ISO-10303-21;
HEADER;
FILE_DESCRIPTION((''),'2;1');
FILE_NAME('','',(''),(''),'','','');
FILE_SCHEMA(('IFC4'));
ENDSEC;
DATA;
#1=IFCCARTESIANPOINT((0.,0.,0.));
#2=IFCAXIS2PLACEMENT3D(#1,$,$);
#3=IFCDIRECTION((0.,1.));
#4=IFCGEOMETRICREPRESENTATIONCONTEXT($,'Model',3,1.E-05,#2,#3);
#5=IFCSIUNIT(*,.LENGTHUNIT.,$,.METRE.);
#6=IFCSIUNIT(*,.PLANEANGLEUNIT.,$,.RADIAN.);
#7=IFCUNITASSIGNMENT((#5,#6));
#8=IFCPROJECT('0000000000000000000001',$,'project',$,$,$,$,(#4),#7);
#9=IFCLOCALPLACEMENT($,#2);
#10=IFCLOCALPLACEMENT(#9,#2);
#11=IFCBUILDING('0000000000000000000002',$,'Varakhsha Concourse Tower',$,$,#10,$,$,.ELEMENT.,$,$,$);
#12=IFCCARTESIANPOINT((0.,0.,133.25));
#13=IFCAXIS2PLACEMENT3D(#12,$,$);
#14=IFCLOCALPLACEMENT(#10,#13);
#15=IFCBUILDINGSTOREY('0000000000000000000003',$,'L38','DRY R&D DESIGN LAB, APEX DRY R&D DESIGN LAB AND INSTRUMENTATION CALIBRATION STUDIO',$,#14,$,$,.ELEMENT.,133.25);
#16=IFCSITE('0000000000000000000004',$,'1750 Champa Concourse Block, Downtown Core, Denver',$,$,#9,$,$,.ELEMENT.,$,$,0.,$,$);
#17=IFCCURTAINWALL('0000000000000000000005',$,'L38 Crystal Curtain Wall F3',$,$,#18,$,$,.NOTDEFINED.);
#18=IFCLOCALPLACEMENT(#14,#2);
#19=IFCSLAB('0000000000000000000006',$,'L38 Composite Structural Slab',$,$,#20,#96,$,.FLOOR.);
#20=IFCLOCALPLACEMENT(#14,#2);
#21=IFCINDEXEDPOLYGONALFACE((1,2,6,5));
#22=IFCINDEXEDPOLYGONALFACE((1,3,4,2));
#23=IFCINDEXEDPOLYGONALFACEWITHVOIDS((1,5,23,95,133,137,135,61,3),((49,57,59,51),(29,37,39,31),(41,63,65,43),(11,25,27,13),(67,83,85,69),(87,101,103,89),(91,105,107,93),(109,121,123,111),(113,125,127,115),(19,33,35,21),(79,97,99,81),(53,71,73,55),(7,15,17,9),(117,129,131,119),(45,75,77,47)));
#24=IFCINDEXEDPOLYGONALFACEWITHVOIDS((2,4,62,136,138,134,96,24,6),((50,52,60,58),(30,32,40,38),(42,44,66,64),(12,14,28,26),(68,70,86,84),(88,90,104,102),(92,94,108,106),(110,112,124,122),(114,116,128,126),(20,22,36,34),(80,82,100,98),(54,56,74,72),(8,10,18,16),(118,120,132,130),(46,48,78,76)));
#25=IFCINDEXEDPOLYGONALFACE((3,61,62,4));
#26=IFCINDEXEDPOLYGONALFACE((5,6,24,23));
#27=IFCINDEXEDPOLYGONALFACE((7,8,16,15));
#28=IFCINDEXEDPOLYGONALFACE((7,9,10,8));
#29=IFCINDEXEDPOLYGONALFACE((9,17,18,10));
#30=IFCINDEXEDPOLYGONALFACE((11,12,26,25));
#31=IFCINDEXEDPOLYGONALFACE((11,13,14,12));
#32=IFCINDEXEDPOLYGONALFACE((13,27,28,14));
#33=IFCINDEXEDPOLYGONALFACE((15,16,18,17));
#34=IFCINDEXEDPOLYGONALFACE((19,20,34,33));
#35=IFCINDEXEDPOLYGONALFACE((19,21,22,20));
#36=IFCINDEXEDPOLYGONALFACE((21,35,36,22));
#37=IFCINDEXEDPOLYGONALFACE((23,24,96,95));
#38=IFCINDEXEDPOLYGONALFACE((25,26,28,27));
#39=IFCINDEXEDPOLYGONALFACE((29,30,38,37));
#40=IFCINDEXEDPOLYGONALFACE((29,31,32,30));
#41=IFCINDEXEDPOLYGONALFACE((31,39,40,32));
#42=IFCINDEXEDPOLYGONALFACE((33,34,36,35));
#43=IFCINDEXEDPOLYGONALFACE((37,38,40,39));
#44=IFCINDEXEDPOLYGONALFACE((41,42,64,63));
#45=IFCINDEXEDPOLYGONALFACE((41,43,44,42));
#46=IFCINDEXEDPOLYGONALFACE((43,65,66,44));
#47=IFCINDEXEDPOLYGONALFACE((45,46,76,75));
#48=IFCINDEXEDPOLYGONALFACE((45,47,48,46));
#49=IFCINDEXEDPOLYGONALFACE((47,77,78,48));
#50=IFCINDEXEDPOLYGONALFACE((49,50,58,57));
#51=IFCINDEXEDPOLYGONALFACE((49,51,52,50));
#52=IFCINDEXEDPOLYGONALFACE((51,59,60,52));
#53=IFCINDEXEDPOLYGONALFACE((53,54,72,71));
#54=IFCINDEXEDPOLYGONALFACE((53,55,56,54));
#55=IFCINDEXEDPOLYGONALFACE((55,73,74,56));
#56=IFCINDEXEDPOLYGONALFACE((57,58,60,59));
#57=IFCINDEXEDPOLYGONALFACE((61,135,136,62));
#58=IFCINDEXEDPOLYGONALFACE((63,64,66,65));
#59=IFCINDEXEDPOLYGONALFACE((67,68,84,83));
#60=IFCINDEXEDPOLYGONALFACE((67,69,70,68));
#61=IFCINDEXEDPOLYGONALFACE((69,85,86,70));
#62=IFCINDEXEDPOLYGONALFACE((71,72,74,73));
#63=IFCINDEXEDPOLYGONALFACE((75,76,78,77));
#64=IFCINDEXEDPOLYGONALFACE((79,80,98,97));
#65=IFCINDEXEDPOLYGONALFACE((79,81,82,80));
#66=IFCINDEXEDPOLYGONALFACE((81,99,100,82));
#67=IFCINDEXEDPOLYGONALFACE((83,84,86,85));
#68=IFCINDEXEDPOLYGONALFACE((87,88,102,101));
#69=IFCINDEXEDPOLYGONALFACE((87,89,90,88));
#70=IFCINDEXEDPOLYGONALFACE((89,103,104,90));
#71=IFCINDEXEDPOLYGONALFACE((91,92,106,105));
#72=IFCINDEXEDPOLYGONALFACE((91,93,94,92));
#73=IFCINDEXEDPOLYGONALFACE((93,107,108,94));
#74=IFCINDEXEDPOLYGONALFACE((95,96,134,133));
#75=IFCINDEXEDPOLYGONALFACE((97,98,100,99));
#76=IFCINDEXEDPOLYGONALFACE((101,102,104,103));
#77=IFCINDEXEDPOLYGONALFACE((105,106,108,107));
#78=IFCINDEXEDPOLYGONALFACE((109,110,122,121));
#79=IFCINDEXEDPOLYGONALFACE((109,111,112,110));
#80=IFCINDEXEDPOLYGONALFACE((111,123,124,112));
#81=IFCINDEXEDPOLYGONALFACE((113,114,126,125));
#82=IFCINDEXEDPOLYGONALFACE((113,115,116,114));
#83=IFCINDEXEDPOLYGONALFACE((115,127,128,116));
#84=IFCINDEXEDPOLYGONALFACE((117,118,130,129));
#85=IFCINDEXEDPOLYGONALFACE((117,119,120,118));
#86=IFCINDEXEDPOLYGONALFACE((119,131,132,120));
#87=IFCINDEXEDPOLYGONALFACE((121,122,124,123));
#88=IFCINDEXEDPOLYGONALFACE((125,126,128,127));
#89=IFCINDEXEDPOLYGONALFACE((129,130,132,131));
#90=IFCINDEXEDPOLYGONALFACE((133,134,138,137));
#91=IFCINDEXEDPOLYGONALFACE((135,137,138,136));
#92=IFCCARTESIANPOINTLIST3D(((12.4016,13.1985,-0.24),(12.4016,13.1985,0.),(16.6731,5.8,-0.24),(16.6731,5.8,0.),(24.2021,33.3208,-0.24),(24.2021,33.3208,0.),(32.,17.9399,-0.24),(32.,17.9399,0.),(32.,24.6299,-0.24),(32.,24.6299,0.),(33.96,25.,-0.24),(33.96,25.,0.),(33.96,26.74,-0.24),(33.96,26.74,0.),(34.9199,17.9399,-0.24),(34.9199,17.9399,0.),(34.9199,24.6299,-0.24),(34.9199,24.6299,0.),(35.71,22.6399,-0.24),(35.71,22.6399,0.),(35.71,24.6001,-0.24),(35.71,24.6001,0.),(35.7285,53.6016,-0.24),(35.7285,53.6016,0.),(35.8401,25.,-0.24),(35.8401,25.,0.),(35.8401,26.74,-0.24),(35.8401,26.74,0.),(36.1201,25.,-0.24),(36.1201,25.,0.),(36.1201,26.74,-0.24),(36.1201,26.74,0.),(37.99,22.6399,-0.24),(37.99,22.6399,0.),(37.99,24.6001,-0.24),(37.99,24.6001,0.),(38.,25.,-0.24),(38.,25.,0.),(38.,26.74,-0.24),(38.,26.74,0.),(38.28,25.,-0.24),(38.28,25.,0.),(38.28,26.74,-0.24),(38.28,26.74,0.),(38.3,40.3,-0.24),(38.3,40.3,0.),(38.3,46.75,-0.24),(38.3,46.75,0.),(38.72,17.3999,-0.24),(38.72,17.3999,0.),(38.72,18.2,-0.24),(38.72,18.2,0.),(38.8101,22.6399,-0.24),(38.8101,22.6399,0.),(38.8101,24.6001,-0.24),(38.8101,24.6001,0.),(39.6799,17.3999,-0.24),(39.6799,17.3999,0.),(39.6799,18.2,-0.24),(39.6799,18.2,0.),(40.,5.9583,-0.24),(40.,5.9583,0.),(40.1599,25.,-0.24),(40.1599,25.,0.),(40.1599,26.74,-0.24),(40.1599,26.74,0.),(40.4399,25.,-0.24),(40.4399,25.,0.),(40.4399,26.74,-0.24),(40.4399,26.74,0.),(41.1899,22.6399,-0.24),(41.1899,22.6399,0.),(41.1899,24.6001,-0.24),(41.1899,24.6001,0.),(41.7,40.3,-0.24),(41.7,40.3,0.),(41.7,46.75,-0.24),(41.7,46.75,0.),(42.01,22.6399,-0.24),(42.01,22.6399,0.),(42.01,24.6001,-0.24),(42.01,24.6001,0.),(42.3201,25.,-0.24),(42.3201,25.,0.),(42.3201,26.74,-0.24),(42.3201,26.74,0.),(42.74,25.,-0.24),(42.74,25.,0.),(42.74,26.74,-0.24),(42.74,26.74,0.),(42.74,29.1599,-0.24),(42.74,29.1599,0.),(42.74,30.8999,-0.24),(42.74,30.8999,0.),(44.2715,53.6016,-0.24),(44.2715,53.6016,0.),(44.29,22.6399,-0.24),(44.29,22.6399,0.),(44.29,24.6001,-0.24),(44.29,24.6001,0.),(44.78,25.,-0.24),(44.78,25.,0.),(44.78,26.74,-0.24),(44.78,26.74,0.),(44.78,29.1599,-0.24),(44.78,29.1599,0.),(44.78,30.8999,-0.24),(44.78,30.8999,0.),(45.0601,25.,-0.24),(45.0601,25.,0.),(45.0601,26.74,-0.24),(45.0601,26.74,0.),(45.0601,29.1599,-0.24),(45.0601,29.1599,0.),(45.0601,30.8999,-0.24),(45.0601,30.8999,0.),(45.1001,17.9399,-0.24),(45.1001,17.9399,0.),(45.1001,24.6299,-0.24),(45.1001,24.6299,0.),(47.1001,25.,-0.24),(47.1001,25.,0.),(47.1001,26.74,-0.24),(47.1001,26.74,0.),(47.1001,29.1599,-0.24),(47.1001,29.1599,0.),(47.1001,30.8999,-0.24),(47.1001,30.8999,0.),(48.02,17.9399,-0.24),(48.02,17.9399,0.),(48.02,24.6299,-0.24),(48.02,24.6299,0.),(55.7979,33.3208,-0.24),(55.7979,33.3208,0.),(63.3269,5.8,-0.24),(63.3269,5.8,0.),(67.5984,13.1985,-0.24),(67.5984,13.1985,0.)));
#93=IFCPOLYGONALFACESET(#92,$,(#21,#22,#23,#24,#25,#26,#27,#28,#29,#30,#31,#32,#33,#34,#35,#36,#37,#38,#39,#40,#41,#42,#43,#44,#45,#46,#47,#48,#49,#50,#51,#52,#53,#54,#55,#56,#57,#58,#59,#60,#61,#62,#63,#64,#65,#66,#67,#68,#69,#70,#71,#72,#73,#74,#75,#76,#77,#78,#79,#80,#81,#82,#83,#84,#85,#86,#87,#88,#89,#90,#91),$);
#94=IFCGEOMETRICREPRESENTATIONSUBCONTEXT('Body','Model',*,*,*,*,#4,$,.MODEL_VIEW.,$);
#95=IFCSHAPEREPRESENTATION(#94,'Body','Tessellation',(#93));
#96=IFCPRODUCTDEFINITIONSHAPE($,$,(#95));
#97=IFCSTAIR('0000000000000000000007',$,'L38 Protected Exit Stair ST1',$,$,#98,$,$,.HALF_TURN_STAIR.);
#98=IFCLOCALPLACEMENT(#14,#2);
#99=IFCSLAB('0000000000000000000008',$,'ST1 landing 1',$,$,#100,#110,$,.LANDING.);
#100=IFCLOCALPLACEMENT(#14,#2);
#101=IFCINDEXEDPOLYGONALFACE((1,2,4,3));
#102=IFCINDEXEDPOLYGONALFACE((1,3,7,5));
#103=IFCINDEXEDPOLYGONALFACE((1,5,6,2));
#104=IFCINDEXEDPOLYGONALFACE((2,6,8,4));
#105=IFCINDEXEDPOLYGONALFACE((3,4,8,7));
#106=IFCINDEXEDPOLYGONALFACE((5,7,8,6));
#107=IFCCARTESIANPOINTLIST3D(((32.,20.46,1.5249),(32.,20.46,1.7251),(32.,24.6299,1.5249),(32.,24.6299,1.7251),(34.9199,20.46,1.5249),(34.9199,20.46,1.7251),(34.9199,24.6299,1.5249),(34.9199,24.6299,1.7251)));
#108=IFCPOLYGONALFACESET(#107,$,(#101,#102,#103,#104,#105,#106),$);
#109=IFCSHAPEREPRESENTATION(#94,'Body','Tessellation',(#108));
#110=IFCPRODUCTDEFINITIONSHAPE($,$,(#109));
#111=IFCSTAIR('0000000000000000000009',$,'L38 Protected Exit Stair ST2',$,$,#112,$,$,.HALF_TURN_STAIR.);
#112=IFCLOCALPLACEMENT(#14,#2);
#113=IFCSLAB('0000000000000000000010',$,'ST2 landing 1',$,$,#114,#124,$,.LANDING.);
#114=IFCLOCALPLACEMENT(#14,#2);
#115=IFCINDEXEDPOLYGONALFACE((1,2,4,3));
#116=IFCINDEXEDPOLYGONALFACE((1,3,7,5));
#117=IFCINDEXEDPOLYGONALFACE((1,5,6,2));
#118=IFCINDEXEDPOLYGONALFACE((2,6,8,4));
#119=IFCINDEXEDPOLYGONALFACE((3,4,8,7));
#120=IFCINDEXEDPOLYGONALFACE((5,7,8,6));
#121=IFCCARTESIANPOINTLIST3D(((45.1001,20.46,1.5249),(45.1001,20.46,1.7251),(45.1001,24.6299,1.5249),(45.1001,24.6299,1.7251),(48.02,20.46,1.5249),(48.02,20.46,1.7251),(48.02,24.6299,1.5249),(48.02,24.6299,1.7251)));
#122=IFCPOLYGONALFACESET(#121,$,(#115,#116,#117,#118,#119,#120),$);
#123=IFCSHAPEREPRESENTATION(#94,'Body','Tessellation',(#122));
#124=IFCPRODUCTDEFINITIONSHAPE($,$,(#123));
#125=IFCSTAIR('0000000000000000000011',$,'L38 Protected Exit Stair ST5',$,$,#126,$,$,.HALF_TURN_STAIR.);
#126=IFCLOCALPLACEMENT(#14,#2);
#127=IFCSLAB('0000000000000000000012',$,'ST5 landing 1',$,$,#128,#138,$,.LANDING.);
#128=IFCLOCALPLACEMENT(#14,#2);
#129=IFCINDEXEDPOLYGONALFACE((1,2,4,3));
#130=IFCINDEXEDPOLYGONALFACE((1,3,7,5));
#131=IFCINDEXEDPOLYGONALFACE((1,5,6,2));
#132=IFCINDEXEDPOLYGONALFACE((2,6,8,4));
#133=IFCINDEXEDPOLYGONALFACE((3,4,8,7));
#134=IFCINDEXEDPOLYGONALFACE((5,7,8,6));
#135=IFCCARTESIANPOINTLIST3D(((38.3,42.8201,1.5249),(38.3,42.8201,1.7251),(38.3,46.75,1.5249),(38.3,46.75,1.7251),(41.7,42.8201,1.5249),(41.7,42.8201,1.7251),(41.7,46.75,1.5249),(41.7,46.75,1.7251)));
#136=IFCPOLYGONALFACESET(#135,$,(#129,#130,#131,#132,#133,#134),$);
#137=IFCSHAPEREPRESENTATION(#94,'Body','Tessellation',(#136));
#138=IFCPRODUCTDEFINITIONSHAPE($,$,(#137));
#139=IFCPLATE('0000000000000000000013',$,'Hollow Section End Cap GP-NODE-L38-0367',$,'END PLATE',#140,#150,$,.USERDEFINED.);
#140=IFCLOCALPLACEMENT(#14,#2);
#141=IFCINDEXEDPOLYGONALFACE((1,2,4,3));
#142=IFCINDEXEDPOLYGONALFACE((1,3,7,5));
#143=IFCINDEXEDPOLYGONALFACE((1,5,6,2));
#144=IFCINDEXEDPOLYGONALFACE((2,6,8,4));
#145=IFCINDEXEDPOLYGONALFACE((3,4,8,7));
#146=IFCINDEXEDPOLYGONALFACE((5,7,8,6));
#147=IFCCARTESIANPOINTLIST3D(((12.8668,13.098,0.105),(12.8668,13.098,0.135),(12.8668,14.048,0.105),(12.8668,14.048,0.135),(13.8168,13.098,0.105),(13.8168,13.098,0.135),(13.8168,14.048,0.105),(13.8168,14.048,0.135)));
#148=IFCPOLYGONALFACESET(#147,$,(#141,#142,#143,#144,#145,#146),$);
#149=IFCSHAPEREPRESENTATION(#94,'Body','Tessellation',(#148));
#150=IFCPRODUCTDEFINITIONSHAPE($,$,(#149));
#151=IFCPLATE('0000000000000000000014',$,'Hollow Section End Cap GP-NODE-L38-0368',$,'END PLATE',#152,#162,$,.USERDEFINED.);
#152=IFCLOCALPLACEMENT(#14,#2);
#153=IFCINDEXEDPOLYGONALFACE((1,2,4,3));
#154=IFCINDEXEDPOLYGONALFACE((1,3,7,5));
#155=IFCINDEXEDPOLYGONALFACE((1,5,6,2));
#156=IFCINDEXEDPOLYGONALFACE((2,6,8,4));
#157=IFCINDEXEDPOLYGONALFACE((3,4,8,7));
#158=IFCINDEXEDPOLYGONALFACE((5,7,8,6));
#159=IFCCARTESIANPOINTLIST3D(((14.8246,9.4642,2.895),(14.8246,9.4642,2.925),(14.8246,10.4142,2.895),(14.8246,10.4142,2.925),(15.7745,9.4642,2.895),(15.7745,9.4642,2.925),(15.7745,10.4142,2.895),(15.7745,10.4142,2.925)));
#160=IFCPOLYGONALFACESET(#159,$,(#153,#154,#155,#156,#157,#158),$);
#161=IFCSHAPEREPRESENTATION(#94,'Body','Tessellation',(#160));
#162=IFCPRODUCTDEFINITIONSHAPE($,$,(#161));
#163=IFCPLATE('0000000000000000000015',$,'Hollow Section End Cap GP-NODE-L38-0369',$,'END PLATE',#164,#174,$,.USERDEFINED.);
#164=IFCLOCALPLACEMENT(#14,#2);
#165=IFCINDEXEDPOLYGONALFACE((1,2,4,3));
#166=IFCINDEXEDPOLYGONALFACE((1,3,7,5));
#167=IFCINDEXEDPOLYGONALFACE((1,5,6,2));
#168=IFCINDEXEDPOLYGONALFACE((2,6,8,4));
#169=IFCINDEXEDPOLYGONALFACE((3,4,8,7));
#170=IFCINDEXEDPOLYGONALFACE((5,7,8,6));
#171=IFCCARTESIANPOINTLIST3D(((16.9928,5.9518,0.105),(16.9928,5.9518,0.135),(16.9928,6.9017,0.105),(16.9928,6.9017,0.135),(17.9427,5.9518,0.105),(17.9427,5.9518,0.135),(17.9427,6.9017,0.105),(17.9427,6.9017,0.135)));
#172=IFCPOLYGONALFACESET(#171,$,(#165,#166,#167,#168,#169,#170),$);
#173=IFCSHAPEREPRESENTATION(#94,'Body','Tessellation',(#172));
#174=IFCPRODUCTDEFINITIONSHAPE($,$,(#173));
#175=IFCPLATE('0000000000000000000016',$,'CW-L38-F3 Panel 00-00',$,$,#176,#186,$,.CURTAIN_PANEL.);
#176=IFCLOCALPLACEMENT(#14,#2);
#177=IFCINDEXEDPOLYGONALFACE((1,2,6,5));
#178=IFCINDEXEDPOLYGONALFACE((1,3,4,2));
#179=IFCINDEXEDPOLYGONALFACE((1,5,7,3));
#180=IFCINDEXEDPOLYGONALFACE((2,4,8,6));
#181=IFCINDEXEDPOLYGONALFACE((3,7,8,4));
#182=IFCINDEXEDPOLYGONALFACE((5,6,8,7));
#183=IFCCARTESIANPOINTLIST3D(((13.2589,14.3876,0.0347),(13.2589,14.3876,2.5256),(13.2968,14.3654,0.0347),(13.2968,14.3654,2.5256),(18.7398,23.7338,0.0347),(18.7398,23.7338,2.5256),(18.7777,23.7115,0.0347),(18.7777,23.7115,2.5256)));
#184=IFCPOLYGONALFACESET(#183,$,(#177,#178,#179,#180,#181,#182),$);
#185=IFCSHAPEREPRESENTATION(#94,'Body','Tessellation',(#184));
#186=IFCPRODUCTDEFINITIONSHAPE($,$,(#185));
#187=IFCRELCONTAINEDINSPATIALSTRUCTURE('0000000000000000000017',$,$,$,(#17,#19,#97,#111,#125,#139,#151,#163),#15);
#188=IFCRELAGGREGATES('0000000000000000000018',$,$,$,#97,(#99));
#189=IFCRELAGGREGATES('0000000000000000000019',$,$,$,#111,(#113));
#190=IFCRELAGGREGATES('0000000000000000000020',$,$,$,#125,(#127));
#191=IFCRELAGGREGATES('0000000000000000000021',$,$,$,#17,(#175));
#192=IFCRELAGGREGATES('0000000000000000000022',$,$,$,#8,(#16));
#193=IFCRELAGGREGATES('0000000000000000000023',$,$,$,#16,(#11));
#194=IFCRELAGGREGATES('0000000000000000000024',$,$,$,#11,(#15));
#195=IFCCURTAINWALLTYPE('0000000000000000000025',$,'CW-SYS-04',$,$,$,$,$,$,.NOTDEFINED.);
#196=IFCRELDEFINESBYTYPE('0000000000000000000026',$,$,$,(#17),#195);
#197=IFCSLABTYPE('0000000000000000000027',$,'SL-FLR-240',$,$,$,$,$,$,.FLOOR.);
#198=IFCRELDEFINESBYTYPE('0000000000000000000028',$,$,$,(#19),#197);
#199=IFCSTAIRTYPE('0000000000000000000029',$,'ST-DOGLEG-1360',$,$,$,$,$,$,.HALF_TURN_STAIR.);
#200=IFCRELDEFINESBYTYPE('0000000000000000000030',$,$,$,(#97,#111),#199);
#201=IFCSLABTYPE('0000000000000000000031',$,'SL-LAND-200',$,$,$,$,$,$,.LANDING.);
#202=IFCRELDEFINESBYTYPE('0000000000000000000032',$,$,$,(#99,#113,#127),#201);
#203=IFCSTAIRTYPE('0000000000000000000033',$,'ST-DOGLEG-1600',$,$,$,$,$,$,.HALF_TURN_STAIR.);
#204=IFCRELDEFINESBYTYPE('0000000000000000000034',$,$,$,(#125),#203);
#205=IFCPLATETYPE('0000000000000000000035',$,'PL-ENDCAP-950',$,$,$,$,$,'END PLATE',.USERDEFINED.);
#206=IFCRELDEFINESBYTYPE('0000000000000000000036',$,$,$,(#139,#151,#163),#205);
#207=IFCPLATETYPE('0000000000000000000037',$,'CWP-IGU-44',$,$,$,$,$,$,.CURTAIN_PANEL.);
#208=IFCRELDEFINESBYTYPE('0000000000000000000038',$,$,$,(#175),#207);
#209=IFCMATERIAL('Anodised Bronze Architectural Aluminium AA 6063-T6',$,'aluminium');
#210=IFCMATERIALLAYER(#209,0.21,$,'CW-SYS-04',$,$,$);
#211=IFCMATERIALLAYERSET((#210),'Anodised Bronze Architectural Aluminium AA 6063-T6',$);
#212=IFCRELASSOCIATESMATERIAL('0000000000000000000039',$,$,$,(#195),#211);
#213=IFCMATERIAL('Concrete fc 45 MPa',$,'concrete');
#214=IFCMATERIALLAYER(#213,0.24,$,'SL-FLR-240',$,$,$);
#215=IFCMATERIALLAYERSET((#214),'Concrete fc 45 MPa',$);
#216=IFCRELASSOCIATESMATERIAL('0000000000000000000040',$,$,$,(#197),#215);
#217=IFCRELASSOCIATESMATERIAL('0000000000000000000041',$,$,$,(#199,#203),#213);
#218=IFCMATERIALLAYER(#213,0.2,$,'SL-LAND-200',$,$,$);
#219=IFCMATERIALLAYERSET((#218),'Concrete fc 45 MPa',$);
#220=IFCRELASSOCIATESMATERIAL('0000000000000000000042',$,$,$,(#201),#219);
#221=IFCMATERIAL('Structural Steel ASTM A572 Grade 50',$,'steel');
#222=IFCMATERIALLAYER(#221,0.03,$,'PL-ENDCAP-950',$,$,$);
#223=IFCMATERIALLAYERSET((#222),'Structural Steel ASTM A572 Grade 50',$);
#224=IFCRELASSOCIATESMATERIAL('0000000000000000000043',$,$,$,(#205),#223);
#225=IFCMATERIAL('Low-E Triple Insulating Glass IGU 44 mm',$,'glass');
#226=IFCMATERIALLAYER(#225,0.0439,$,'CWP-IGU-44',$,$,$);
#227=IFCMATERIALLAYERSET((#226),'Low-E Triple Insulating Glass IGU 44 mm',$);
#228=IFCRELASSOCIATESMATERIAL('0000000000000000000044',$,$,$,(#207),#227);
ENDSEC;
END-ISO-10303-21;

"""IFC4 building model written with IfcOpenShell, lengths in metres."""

from ifc_helpers import new_model, si_unit, direction, frame, origin, origin_2d, place, context, subcontext, project, spatial, polyline, rectangle, outline, extrude, source, transform, mapped, material, layer, layer_set, type_object, type_shapes, element, aggregate, save


model = new_model("IFC4")

# Units and contexts
model_context = context("Model", 3, precision=1e-05, world=origin(), true_north=direction((0.0, 1.0)))
body_context = subcontext(model_context, "Body", "Model", "MODEL_VIEW")
ifc_project = project(units=[si_unit("LENGTHUNIT", "METRE"), si_unit("PLANEANGLEUNIT", "RADIAN")], contexts=[model_context])

# Site, building, storey
site_placement = place(None, origin())
site = spatial("IfcSite", under=ifc_project, at=site_placement, Name="1750 Champa Concourse Block, Downtown Core, Denver", CompositionType="ELEMENT", RefElevation=0.0)
building_placement = place(site_placement, origin())
building = spatial("IfcBuilding", under=site, at=building_placement, Name="Varakhsha Concourse Tower", CompositionType="ELEMENT")
storey_placement = place(building_placement, frame((0.0, 0.0, 133.25)))
storey = spatial("IfcBuildingStorey", under=building, at=storey_placement, Name="L38", Description="DRY R&D DESIGN LAB, APEX DRY R&D DESIGN LAB AND INSTRUMENTATION CALIBRATION STUDIO", CompositionType="ELEMENT", Elevation=133.25)

# Shared definitions
ifc_material_1 = material(Name="Structural Steel ASTM A572 Grade 50", Category="steel")

# Curtain wall
ifc_material_2 = material(Name="Anodised Bronze Architectural Aluminium AA 6063-T6", Category="aluminium")
ifc_layer_1 = layer(ifc_material_2, 0.21, Name="CW-SYS-04")
ifc_layer_set_1 = layer_set([ifc_layer_1], Name="Anodised Bronze Architectural Aluminium AA 6063-T6")
curtain_wall_type = type_object("IfcCurtainWallType", Name="CW-SYS-04", PredefinedType="NOTDEFINED", material=ifc_layer_set_1)
curtain_wall_1_placement = place(storey_placement, origin())
curtain_wall_1 = element("IfcCurtainWall", 1, at=curtain_wall_1_placement, inside=storey, type_object=curtain_wall_type, Name="L38 Crystal Curtain Wall F3", PredefinedType="NOTDEFINED")

# Slab
ifc_material_3 = material(Name="Concrete fc 45 MPa", Category="concrete")
ifc_layer_2 = layer(ifc_material_3, 0.24, Name="SL-FLR-240")
ifc_layer_set_2 = layer_set([ifc_layer_2], Name="Concrete fc 45 MPa")
slab_type_1 = type_object("IfcSlabType", Name="SL-FLR-240", PredefinedType="FLOOR", material=ifc_layer_set_2)
slab_1_placement = place(storey_placement, frame((0.0, 0.0, -0.24)))
element("IfcSlab", 2, at=slab_1_placement, inside=storey, type_object=slab_type_1, Name="L38 Composite Structural Slab", PredefinedType="FLOOR", context=body_context, shape_type="SweptSolid", body=[
    extrude(outline(polyline([(44.2715, 53.6016), (35.7285, 53.6016), (24.2021, 33.3208), (12.4016, 13.1985), (16.6731, 5.8), (40.0, 5.9583), (63.3269, 5.8), (67.5984, 13.1985), (55.7979, 33.3208), (44.2715, 53.6016)]), holes=[polyline([(34.9199, 17.9399), (34.9199, 24.6299), (32.0, 24.6299), (32.0, 17.9399), (34.9199, 17.9399)]), polyline([(48.02, 17.9399), (48.02, 24.6299), (45.1001, 24.6299), (45.1001, 17.9399), (48.02, 17.9399)]), polyline([(41.7, 40.3), (41.7, 46.75), (38.3, 46.75), (38.3, 40.3), (41.7, 40.3)]), polyline([(33.96, 25.0), (35.8401, 25.0), (35.8401, 26.74), (33.96, 26.74), (33.96, 25.0)]), polyline([(36.1201, 25.0), (38.0, 25.0), (38.0, 26.74), (36.1201, 26.74), (36.1201, 25.0)]), polyline([(38.28, 25.0), (40.1599, 25.0), (40.1599, 26.74), (38.28, 26.74), (38.28, 25.0)]), polyline([(40.4399, 25.0), (42.3201, 25.0), (42.3201, 26.74), (40.4399, 26.74), (40.4399, 25.0)]), polyline([(42.74, 29.1599), (44.78, 29.1599), (44.78, 30.8999), (42.74, 30.8999), (42.74, 29.1599)]), polyline([(45.0601, 29.1599), (47.1001, 29.1599), (47.1001, 30.8999), (45.0601, 30.8999), (45.0601, 29.1599)]), polyline([(42.74, 25.0), (44.78, 25.0), (44.78, 26.74), (42.74, 26.74), (42.74, 25.0)]), polyline([(45.0601, 25.0), (47.1001, 25.0), (47.1001, 26.74), (45.0601, 26.74), (45.0601, 25.0)]), polyline([(35.71, 22.6399), (37.99, 22.6399), (37.99, 24.6001), (35.71, 24.6001), (35.71, 22.6399)]), polyline([(42.01, 22.6399), (44.29, 22.6399), (44.29, 24.6001), (42.01, 24.6001), (42.01, 22.6399)]), polyline([(38.8101, 22.6399), (41.1899, 22.6399), (41.1899, 24.6001), (38.8101, 24.6001), (38.8101, 22.6399)]), polyline([(38.72, 17.3999), (39.6799, 17.3999), (39.6799, 18.2), (38.72, 18.2), (38.72, 17.3999)])]), origin(), (0.0, 0.0, 1.0), 0.24),
])

# Stairs, slabs
stair_type_1 = type_object("IfcStairType", Name="ST-DOGLEG-1360", PredefinedType="HALF_TURN_STAIR", material=ifc_material_3)
stair_1_placement = place(storey_placement, origin())
stair_1 = element("IfcStair", 3, at=stair_1_placement, inside=storey, type_object=stair_type_1, Name="L38 Protected Exit Stair ST1", PredefinedType="HALF_TURN_STAIR")
ifc_layer_3 = layer(ifc_material_3, 0.2, Name="SL-LAND-200")
ifc_layer_set_3 = layer_set([ifc_layer_3], Name="Concrete fc 45 MPa")
slab_type_2 = type_object("IfcSlabType", Name="SL-LAND-200", PredefinedType="LANDING", material=ifc_layer_set_3)
slab_2_placement = place(storey_placement, frame((0.0, 0.0, 1.5249)))
slab_2 = element("IfcSlab", 4, at=slab_2_placement, type_object=slab_type_2, Name="ST1 landing 1", PredefinedType="LANDING", context=body_context, shape_type="SweptSolid", body=[
    extrude(outline(polyline([(34.9199, 20.46), (34.9199, 24.6299), (32.0, 24.6299), (32.0, 20.46), (34.9199, 20.46)])), origin(), (0.0, 0.0, 1.0), 0.2002),
])
aggregate(stair_1, [slab_2])
stair_2_placement = place(storey_placement, origin())
stair_2 = element("IfcStair", 5, at=stair_2_placement, inside=storey, type_object=stair_type_1, Name="L38 Protected Exit Stair ST2", PredefinedType="HALF_TURN_STAIR")
slab_3_placement = place(storey_placement, frame((0.0, 0.0, 1.5249)))
slab_3 = element("IfcSlab", 6, at=slab_3_placement, type_object=slab_type_2, Name="ST2 landing 1", PredefinedType="LANDING", context=body_context, shape_type="SweptSolid", body=[
    extrude(outline(polyline([(48.02, 20.46), (48.02, 24.6299), (45.1001, 24.6299), (45.1001, 20.46), (48.02, 20.46)])), origin(), (0.0, 0.0, 1.0), 0.2002),
])
aggregate(stair_2, [slab_3])
stair_type_2 = type_object("IfcStairType", Name="ST-DOGLEG-1600", PredefinedType="HALF_TURN_STAIR", material=ifc_material_3)
stair_3_placement = place(storey_placement, origin())
stair_3 = element("IfcStair", 7, at=stair_3_placement, inside=storey, type_object=stair_type_2, Name="L38 Protected Exit Stair ST5", PredefinedType="HALF_TURN_STAIR")
slab_4_placement = place(storey_placement, frame((0.0, 0.0, 1.5249)))
slab_4 = element("IfcSlab", 8, at=slab_4_placement, type_object=slab_type_2, Name="ST5 landing 1", PredefinedType="LANDING", context=body_context, shape_type="SweptSolid", body=[
    extrude(outline(polyline([(41.7, 42.8201), (41.7, 46.75), (38.3, 46.75), (38.3, 42.8201), (41.7, 42.8201)])), origin(), (0.0, 0.0, 1.0), 0.2002),
])
aggregate(stair_3, [slab_4])

# Plates
ifc_layer_4 = layer(ifc_material_1, 0.03, Name="PL-ENDCAP-950")
ifc_layer_set_4 = layer_set([ifc_layer_4], Name="Structural Steel ASTM A572 Grade 50")
plate_type_1 = type_object("IfcPlateType", Name="PL-ENDCAP-950", ElementType="END PLATE", PredefinedType="USERDEFINED", material=ifc_layer_set_4)
shared_shape_1 = source(origin(), body_context, "Body", "SweptSolid", [
    extrude(rectangle(XDim=0.95, YDim=0.95, at=origin_2d()), origin(), (0.0, 0.0, 1.0), 0.03),
])
type_shapes(plate_type_1, [shared_shape_1])
for number, where, z_axis, x_axis, name in (
    (9, (13.3418, 13.573, 0.105), (0.0, 0.0, 1.0), (1.0, 0.0, 0.0), "Hollow Section End Cap GP-NODE-L38-0367"),
    (10, (15.2996, 9.9392, 2.895), (0.0, 0.0, 1.0), (1.0, 0.0, 0.0), "Hollow Section End Cap GP-NODE-L38-0368"),
    (11, (17.4678, 6.4268, 0.105), (0.0, 0.0, 1.0), (1.0, 0.0, 0.0), "Hollow Section End Cap GP-NODE-L38-0369"),
):
    element("IfcPlate", number, at=place(storey_placement, frame(where, z_axis=z_axis, x_axis=x_axis)), inside=storey, type_object=plate_type_1, Name=name, ObjectType="END PLATE", PredefinedType="USERDEFINED", context=body_context, shape_type="MappedRepresentation", body=[
        mapped(shared_shape_1, transform((0.0, 0.0, 0.0), scale=1.0)),
    ])

# Plate
ifc_material_4 = material(Name="Low-E Triple Insulating Glass IGU 44 mm", Category="glass")
ifc_layer_5 = layer(ifc_material_4, 0.0439, Name="CWP-IGU-44")
ifc_layer_set_5 = layer_set([ifc_layer_5], Name="Low-E Triple Insulating Glass IGU 44 mm")
plate_type_2 = type_object("IfcPlateType", Name="CWP-IGU-44", PredefinedType="CURTAIN_PANEL", material=ifc_layer_set_5)
shared_shape_2 = source(origin(), body_context, "Body", "SweptSolid", [
    extrude(rectangle(XDim=10.8347, YDim=0.0439, at=origin_2d()), origin(), (0.0, 0.0, 1.0), 2.491),
])
type_shapes(plate_type_2, [shared_shape_2])
plate_1_placement = place(storey_placement, frame((16.0183, 19.0496, 0.0347), z_axis=(0.0, 0.0, 1.0), x_axis=(0.505862, 0.862614, 0.0)))
plate_1 = element("IfcPlate", 12, at=plate_1_placement, type_object=plate_type_2, Name="CW-L38-F3 Panel 00-00", PredefinedType="CURTAIN_PANEL", context=body_context, shape_type="MappedRepresentation", body=[
    mapped(shared_shape_2, transform((0.0, 0.0, 0.0), scale=1.0)),
])
aggregate(curtain_wall_1, [plate_1])

save(model, "model.ifc")
